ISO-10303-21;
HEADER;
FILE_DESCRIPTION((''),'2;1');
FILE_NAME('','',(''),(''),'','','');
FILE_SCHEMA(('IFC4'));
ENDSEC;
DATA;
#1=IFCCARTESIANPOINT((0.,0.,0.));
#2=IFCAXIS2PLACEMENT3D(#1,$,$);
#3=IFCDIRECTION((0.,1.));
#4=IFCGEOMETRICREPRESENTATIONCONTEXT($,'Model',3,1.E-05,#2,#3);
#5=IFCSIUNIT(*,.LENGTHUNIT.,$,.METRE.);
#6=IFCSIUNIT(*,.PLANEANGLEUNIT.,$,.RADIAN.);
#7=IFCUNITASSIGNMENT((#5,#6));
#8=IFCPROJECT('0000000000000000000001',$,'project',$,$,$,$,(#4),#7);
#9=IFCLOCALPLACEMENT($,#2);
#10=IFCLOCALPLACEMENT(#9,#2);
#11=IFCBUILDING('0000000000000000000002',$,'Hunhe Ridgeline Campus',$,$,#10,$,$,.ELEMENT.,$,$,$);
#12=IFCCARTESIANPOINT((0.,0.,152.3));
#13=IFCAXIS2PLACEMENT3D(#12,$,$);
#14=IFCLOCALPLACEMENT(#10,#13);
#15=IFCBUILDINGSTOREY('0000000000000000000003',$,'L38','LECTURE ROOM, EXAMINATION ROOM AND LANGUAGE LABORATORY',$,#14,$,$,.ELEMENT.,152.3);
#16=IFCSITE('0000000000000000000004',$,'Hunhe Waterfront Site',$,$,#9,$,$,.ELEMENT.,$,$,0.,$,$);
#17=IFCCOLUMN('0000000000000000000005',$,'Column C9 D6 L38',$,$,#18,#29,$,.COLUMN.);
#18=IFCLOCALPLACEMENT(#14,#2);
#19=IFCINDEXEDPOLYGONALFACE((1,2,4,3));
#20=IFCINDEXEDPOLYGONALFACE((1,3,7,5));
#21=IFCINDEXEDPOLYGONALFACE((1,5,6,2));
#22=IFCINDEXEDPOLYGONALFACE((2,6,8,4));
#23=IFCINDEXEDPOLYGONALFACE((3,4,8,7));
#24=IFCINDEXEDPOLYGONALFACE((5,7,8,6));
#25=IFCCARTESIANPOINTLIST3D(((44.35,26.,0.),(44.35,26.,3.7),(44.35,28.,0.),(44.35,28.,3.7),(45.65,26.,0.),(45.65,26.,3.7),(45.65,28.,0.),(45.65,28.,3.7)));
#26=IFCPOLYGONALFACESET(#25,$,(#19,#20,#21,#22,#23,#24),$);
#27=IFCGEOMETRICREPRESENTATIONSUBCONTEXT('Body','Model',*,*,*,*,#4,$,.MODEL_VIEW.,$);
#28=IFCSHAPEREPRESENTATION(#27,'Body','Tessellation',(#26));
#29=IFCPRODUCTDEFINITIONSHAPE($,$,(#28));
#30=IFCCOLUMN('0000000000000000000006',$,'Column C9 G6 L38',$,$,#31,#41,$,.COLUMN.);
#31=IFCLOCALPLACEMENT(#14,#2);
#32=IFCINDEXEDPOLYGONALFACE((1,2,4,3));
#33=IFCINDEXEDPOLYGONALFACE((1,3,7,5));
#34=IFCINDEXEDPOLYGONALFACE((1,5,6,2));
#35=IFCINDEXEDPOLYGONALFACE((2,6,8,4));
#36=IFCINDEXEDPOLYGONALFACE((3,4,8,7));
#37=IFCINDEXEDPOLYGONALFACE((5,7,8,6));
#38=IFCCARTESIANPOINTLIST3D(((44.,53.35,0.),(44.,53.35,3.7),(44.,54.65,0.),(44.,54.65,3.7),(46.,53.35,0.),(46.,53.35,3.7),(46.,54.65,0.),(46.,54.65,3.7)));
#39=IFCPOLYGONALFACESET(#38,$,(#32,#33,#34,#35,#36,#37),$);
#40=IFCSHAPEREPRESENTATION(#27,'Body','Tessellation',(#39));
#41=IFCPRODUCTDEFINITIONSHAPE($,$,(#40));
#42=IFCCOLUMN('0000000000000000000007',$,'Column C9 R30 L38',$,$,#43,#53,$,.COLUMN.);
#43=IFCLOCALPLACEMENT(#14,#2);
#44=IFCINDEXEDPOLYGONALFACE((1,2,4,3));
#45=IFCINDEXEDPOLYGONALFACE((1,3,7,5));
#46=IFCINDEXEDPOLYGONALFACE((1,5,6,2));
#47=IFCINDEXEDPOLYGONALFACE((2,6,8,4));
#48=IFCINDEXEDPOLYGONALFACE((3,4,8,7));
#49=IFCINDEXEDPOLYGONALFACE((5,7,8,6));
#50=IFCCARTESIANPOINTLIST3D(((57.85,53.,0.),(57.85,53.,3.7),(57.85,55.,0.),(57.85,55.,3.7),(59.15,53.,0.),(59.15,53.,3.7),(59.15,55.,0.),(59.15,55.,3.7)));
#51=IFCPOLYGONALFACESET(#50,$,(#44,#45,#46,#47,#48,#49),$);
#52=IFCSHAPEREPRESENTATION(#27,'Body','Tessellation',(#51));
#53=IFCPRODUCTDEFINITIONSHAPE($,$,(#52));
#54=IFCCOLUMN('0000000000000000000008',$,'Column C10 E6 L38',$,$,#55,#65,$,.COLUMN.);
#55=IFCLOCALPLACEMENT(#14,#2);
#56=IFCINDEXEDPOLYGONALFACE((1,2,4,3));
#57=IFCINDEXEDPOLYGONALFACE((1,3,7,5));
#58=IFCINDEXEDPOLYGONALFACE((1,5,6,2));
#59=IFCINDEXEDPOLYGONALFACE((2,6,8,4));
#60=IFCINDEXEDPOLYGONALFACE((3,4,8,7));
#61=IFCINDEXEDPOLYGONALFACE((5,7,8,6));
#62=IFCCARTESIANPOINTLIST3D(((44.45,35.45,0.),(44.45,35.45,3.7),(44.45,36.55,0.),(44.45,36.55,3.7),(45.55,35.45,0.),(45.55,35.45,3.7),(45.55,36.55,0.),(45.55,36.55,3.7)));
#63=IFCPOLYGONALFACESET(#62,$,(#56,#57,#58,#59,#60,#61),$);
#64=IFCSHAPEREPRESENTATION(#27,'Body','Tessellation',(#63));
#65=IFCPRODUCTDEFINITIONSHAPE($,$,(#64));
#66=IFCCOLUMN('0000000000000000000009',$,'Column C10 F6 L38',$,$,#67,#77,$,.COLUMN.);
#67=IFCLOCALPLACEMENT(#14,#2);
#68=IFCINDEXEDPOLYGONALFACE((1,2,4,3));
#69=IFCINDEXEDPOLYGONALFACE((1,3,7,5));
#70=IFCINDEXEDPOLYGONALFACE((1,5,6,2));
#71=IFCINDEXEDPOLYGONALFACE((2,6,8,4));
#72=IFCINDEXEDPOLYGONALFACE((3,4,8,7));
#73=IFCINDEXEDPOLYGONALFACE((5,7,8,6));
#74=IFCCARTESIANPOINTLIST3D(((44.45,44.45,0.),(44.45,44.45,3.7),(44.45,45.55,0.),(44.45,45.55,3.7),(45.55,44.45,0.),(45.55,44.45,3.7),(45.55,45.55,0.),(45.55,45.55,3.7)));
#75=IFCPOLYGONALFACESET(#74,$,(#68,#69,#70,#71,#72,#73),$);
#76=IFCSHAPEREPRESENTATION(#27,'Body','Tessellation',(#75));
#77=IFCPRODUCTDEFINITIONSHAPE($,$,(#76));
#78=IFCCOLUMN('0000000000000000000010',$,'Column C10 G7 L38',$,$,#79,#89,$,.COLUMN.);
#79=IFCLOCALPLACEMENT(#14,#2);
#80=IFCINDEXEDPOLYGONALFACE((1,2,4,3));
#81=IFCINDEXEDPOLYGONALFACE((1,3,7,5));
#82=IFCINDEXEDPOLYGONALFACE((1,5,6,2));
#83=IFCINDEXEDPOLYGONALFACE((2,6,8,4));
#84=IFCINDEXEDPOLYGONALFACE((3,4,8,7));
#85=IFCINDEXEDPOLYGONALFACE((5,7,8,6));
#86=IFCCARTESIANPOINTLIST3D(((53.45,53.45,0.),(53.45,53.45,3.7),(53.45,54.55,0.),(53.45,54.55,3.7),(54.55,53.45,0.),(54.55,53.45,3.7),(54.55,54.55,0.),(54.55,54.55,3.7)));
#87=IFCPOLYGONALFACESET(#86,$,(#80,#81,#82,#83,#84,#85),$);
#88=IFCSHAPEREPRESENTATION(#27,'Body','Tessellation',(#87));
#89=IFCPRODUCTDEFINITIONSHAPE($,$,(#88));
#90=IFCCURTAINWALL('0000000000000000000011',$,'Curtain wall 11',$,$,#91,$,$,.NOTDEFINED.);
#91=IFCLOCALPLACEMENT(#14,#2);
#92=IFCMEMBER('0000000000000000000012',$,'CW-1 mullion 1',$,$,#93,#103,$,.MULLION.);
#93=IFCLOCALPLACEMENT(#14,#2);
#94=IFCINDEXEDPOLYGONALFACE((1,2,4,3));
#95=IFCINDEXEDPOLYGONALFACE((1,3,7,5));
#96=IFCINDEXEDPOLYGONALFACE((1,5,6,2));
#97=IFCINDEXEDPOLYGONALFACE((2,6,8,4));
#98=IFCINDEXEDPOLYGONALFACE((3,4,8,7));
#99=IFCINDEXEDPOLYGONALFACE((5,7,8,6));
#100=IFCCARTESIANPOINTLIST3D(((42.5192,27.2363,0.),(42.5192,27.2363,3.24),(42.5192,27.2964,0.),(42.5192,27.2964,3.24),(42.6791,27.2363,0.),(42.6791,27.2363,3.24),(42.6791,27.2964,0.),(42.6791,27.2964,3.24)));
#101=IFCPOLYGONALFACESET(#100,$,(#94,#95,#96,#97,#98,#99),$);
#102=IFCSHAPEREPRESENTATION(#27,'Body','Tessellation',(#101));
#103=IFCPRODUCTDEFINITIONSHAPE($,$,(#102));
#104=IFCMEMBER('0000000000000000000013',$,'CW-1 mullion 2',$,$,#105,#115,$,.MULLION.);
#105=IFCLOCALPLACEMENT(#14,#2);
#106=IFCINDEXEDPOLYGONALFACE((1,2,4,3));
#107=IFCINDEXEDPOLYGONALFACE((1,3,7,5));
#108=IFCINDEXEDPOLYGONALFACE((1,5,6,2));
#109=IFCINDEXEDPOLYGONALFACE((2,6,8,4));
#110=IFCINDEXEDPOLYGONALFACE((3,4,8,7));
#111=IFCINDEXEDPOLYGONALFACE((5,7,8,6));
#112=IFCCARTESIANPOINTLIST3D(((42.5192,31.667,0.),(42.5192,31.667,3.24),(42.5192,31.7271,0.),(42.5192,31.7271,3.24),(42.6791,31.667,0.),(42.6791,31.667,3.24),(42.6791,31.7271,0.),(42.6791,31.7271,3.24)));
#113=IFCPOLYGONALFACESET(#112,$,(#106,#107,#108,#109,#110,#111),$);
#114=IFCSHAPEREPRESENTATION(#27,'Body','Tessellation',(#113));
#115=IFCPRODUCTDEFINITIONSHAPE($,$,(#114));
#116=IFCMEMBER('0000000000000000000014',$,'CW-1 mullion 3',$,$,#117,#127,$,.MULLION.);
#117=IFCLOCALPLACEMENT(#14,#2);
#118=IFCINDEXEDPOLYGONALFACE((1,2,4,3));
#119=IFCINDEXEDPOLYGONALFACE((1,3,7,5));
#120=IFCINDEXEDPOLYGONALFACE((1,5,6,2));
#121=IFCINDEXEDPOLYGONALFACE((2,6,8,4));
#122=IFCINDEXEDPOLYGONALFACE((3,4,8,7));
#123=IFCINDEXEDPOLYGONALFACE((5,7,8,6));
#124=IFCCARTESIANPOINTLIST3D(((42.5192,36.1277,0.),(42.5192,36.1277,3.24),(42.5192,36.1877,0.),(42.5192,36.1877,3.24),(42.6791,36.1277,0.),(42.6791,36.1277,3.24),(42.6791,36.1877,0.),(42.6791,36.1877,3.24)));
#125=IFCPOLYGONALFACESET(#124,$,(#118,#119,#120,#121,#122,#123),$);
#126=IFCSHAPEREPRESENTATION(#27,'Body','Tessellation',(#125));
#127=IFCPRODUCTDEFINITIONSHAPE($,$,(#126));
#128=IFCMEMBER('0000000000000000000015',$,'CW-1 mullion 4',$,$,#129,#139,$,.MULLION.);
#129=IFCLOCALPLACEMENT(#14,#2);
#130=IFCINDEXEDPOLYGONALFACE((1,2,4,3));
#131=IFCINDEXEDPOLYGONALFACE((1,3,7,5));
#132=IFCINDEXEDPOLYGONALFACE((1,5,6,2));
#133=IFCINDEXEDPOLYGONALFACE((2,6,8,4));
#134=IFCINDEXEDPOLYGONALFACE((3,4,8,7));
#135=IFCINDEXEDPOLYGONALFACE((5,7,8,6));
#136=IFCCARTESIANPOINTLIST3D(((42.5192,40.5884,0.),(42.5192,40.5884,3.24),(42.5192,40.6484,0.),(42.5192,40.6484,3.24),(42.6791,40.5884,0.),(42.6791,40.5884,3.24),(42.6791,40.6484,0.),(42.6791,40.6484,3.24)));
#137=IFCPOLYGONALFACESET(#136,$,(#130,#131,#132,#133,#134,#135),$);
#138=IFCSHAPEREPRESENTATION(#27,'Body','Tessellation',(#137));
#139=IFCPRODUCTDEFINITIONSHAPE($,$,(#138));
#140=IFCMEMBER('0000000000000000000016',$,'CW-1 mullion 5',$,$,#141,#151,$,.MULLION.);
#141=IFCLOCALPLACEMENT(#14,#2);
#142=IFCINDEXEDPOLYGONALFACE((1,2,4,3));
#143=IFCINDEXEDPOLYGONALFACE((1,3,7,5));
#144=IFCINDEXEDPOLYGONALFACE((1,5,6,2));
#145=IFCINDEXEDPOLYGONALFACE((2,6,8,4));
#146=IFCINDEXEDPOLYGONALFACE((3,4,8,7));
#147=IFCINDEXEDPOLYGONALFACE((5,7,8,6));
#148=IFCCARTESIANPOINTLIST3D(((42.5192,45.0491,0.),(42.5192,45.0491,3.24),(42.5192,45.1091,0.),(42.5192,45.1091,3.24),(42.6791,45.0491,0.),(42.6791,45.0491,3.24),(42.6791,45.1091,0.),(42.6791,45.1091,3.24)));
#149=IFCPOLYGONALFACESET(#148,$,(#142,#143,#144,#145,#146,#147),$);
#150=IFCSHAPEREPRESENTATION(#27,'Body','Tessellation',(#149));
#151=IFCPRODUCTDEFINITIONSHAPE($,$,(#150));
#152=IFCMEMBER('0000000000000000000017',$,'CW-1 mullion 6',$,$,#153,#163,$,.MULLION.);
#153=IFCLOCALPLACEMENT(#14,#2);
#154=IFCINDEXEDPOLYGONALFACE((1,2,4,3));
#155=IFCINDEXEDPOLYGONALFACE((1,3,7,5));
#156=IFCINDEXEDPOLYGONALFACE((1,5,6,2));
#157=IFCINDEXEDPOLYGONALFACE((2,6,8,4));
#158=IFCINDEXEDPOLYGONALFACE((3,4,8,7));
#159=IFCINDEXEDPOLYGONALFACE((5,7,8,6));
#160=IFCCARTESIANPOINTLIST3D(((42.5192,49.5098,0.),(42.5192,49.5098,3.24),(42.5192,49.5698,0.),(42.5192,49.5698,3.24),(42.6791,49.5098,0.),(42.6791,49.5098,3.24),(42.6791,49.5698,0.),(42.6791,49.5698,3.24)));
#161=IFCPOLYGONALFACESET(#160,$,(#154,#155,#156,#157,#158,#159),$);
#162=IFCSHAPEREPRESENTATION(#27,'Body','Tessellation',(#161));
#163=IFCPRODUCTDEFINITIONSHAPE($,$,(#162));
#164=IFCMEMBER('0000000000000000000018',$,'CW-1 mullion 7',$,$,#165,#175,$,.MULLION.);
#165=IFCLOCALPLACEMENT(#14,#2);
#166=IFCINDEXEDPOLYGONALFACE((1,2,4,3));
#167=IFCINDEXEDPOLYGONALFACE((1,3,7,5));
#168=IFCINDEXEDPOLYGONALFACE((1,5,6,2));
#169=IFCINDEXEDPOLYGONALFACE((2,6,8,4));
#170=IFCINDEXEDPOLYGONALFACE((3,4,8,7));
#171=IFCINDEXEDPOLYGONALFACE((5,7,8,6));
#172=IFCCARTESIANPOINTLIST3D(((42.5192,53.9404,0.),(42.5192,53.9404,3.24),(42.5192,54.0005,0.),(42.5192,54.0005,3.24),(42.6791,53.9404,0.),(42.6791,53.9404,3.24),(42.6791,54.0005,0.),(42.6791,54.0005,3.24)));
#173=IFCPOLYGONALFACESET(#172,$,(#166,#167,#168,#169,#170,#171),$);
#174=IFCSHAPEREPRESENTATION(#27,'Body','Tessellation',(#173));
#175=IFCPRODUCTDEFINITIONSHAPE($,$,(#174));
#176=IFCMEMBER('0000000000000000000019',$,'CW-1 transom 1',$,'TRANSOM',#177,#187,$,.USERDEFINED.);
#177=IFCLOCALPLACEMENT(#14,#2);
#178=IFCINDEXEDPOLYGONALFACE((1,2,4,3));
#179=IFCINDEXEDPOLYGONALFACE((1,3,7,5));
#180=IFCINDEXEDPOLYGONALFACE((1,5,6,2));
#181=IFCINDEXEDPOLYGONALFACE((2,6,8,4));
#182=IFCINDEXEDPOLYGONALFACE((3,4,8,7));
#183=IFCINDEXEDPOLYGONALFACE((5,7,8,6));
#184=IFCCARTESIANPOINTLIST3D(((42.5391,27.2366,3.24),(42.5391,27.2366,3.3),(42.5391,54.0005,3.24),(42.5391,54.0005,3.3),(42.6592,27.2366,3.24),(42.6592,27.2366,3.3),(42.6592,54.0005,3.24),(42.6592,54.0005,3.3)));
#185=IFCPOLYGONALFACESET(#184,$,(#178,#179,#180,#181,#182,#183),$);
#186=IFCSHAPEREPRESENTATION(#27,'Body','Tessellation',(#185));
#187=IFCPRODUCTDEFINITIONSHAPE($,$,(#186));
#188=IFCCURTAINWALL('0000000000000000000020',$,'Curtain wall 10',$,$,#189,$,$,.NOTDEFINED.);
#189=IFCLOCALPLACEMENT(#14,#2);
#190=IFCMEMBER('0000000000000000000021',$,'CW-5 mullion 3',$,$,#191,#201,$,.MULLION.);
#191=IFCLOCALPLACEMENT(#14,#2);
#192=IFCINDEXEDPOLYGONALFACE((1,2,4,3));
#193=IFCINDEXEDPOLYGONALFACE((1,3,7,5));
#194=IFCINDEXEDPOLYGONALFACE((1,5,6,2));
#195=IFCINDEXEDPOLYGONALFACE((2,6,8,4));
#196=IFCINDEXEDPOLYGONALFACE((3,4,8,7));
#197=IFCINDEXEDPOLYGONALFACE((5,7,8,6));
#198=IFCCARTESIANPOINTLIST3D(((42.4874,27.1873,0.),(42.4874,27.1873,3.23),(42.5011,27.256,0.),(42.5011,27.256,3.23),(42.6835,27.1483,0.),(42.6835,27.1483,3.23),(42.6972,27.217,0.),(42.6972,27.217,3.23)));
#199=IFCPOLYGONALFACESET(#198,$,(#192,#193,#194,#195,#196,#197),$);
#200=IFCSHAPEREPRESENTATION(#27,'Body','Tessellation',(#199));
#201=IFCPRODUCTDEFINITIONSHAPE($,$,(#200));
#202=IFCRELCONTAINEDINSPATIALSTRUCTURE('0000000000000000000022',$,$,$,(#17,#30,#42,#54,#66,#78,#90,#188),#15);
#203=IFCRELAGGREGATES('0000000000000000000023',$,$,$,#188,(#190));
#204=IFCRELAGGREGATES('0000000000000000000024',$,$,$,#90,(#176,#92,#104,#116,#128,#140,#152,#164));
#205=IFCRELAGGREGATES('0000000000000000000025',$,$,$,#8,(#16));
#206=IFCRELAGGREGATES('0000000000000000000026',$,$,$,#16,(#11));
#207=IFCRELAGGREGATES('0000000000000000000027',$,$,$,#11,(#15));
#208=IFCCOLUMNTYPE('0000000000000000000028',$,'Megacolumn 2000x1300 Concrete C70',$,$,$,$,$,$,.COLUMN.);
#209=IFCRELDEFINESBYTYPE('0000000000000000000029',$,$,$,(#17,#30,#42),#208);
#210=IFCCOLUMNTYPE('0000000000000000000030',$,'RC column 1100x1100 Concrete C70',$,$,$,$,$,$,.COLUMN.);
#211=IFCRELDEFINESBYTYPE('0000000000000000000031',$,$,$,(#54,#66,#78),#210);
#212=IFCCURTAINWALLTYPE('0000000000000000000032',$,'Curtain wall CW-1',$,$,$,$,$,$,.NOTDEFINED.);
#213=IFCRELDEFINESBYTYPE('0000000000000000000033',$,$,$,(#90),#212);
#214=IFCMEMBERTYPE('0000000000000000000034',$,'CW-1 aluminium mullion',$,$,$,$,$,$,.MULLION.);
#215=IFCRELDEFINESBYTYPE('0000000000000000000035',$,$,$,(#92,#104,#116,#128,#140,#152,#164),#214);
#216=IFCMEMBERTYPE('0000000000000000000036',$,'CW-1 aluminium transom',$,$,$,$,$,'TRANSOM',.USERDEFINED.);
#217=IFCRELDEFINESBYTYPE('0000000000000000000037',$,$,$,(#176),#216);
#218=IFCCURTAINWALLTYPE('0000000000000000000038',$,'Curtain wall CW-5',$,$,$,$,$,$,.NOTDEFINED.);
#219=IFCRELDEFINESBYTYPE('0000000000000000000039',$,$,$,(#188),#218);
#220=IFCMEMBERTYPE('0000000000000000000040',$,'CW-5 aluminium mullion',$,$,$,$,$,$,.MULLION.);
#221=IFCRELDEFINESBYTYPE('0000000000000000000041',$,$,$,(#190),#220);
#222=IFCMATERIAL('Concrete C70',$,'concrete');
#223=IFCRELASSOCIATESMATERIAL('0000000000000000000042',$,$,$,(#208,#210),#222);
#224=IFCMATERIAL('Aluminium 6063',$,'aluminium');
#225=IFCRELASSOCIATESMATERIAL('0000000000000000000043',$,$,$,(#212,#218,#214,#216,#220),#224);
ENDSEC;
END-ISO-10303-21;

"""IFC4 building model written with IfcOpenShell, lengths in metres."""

from ifc_helpers import new_model, si_unit, direction, frame, origin, origin_2d, place, context, subcontext, project, spatial, rectangle, extrude, material, material_profile, profile_set, type_object, element, aggregate, save


model = new_model("IFC4")

# Units and contexts
model_context = context("Model", 3, precision=1e-05, world=origin(), true_north=direction((0.0, 1.0)))
body_context = subcontext(model_context, "Body", "Model", "MODEL_VIEW")
ifc_project = project(units=[si_unit("LENGTHUNIT", "METRE"), si_unit("PLANEANGLEUNIT", "RADIAN")], contexts=[model_context])

# Site, building, storey
site_placement = place(None, origin())
site = spatial("IfcSite", under=ifc_project, at=site_placement, Name="Hunhe Waterfront Site", CompositionType="ELEMENT", RefElevation=0.0)
building_placement = place(site_placement, origin())
building = spatial("IfcBuilding", under=site, at=building_placement, Name="Hunhe Ridgeline Campus", CompositionType="ELEMENT")
storey_placement = place(building_placement, frame((0.0, 0.0, 152.3)))
storey = spatial("IfcBuildingStorey", under=building, at=storey_placement, Name="L38", Description="LECTURE ROOM, EXAMINATION ROOM AND LANGUAGE LABORATORY", CompositionType="ELEMENT", Elevation=152.3)

# Columns
ifc_material_1 = material(Name="Concrete C70", Category="concrete")
ifc_material_profile_1 = material_profile(ifc_material_1, rectangle(XDim=2.0, YDim=1.3, at=origin_2d()))
ifc_profile_set_1 = profile_set([ifc_material_profile_1], Name="Concrete C70")
column_type_1 = type_object("IfcColumnType", Name="Megacolumn 2000x1300 Concrete C70", PredefinedType="COLUMN", material=ifc_profile_set_1)
for number, where, z_axis, x_axis, name in (
    (1, (45.0, 27.0, 0.0), (0.0, 0.0, 1.0), (0.0, 1.0, 0.0), "Column C9 D6 L38"),
    (2, (45.0, 54.0, 0.0), (0.0, 0.0, 1.0), (1.0, 0.0, 0.0), "Column C9 G6 L38"),
    (3, (58.5, 54.0, 0.0), (0.0, 0.0, 1.0), (0.0, 1.0, 0.0), "Column C9 R30 L38"),
):
    element("IfcColumn", number, at=place(storey_placement, frame(where, z_axis=z_axis, x_axis=x_axis)), inside=storey, type_object=column_type_1, Name=name, PredefinedType="COLUMN", context=body_context, shape_type="SweptSolid", body=[
        extrude(rectangle(XDim=2.0, YDim=1.3, at=origin_2d()), origin(), (0.0, 0.0, 1.0), 3.7),
    ])
ifc_material_profile_2 = material_profile(ifc_material_1, rectangle(XDim=1.1001, YDim=1.1001, at=origin_2d()))
ifc_profile_set_2 = profile_set([ifc_material_profile_2], Name="Concrete C70")
column_type_2 = type_object("IfcColumnType", Name="RC column 1100x1100 Concrete C70", PredefinedType="COLUMN", material=ifc_profile_set_2)
for number, where, z_axis, x_axis, name in (
    (4, (45.0, 36.0, 0.0), (0.0, 0.0, 1.0), (1.0, 0.0, 0.0), "Column C10 E6 L38"),
    (5, (45.0, 45.0, 0.0), (0.0, 0.0, 1.0), (1.0, 0.0, 0.0), "Column C10 F6 L38"),
    (6, (54.0, 54.0, 0.0), (0.0, 0.0, 1.0), (1.0, 0.0, 0.0), "Column C10 G7 L38"),
):
    element("IfcColumn", number, at=place(storey_placement, frame(where, z_axis=z_axis, x_axis=x_axis)), inside=storey, type_object=column_type_2, Name=name, PredefinedType="COLUMN", context=body_context, shape_type="SweptSolid", body=[
        extrude(rectangle(XDim=1.1001, YDim=1.1001, at=origin_2d()), origin(), (0.0, 0.0, 1.0), 3.7),
    ])

# Curtain wall, members
ifc_material_2 = material(Name="Aluminium 6063", Category="aluminium")
curtain_wall_type_1 = type_object("IfcCurtainWallType", Name="Curtain wall CW-1", PredefinedType="NOTDEFINED", material=ifc_material_2)
curtain_wall_1_placement = place(storey_placement, origin())
curtain_wall_1 = element("IfcCurtainWall", 7, at=curtain_wall_1_placement, inside=storey, type_object=curtain_wall_type_1, Name="Curtain wall 11", PredefinedType="NOTDEFINED")
ifc_material_profile_3 = material_profile(ifc_material_2, rectangle(XDim=0.1599, YDim=0.0601, at=origin_2d()))
ifc_profile_set_3 = profile_set([ifc_material_profile_3], Name="Aluminium 6063")
member_type_1 = type_object("IfcMemberType", Name="CW-1 aluminium mullion", PredefinedType="MULLION", material=ifc_profile_set_3)
member_1_placement = place(storey_placement, frame((42.5991, 27.2664, 0.0), z_axis=(0.0, 0.0, 1.0), x_axis=(-1.0, 0.000004, 0.0)))
member_1 = element("IfcMember", 8, at=member_1_placement, type_object=member_type_1, Name="CW-1 mullion 1", PredefinedType="MULLION", context=body_context, shape_type="SweptSolid", body=[
    extrude(rectangle(XDim=0.1599, YDim=0.0601, at=origin_2d()), origin(), (0.0, 0.0, 1.0), 3.24),
])
member_2_placement = place(storey_placement, frame((42.5991, 31.697, 0.0), z_axis=(0.0, 0.0, 1.0), x_axis=(-1.0, 0.000004, 0.0)))
member_2 = element("IfcMember", 9, at=member_2_placement, type_object=member_type_1, Name="CW-1 mullion 2", PredefinedType="MULLION", context=body_context, shape_type="SweptSolid", body=[
    extrude(rectangle(XDim=0.1599, YDim=0.0601, at=origin_2d()), origin(), (0.0, 0.0, 1.0), 3.24),
])
member_3_placement = place(storey_placement, frame((42.5991, 36.1577, 0.0), z_axis=(0.0, 0.0, 1.0), x_axis=(-1.0, 0.000004, 0.0)))
member_3 = element("IfcMember", 10, at=member_3_placement, type_object=member_type_1, Name="CW-1 mullion 3", PredefinedType="MULLION", context=body_context, shape_type="SweptSolid", body=[
    extrude(rectangle(XDim=0.1599, YDim=0.0601, at=origin_2d()), origin(), (0.0, 0.0, 1.0), 3.24),
])
member_4_placement = place(storey_placement, frame((42.5991, 40.6184, 0.0), z_axis=(0.0, 0.0, 1.0), x_axis=(-1.0, 0.000004, 0.0)))
member_4 = element("IfcMember", 11, at=member_4_placement, type_object=member_type_1, Name="CW-1 mullion 4", PredefinedType="MULLION", context=body_context, shape_type="SweptSolid", body=[
    extrude(rectangle(XDim=0.1599, YDim=0.0601, at=origin_2d()), origin(), (0.0, 0.0, 1.0), 3.24),
])
member_5_placement = place(storey_placement, frame((42.5991, 45.0791, 0.0), z_axis=(0.0, 0.0, 1.0), x_axis=(-1.0, 0.000004, 0.0)))
member_5 = element("IfcMember", 12, at=member_5_placement, type_object=member_type_1, Name="CW-1 mullion 5", PredefinedType="MULLION", context=body_context, shape_type="SweptSolid", body=[
    extrude(rectangle(XDim=0.1599, YDim=0.0601, at=origin_2d()), origin(), (0.0, 0.0, 1.0), 3.24),
])
member_6_placement = place(storey_placement, frame((42.5991, 49.5398, 0.0), z_axis=(0.0, 0.0, 1.0), x_axis=(-1.0, 0.000004, 0.0)))
member_6 = element("IfcMember", 13, at=member_6_placement, type_object=member_type_1, Name="CW-1 mullion 6", PredefinedType="MULLION", context=body_context, shape_type="SweptSolid", body=[
    extrude(rectangle(XDim=0.1599, YDim=0.0601, at=origin_2d()), origin(), (0.0, 0.0, 1.0), 3.24),
])
member_7_placement = place(storey_placement, frame((42.5991, 53.9705, 0.0), z_axis=(0.0, 0.0, 1.0), x_axis=(-1.0, 0.000004, 0.0)))
member_7 = element("IfcMember", 14, at=member_7_placement, type_object=member_type_1, Name="CW-1 mullion 7", PredefinedType="MULLION", context=body_context, shape_type="SweptSolid", body=[
    extrude(rectangle(XDim=0.1599, YDim=0.0601, at=origin_2d()), origin(), (0.0, 0.0, 1.0), 3.24),
])
ifc_material_profile_4 = material_profile(ifc_material_2, rectangle(XDim=0.1201, YDim=0.0601, at=origin_2d()))
ifc_profile_set_4 = profile_set([ifc_material_profile_4], Name="Aluminium 6063")
member_type_2 = type_object("IfcMemberType", Name="CW-1 aluminium transom", ElementType="TRANSOM", PredefinedType="USERDEFINED", material=ifc_profile_set_4)
member_8_placement = place(storey_placement, frame((42.5991, 27.2366, 3.27), z_axis=(0.0, 1.0, 0.0), x_axis=(-1.0, 0.0, 0.0)))
member_8 = element("IfcMember", 15, at=member_8_placement, type_object=member_type_2, Name="CW-1 transom 1", ObjectType="TRANSOM", PredefinedType="USERDEFINED", context=body_context, shape_type="SweptSolid", body=[
    extrude(rectangle(XDim=0.1201, YDim=0.0601, at=origin_2d()), origin(), (0.0, 0.0, 1.0), 26.7639),
])

# Curtain wall, member
curtain_wall_type_2 = type_object("IfcCurtainWallType", Name="Curtain wall CW-5", PredefinedType="NOTDEFINED", material=ifc_material_2)
curtain_wall_2_placement = place(storey_placement, origin())
curtain_wall_2 = element("IfcCurtainWall", 16, at=curtain_wall_2_placement, inside=storey, type_object=curtain_wall_type_2, Name="Curtain wall 10", PredefinedType="NOTDEFINED")
ifc_material_profile_5 = material_profile(ifc_material_2, rectangle(XDim=0.2, YDim=0.0701, at=origin_2d()))
ifc_profile_set_5 = profile_set([ifc_material_profile_5], Name="Aluminium 6063")
member_type_3 = type_object("IfcMemberType", Name="CW-5 aluminium mullion", PredefinedType="MULLION", material=ifc_profile_set_5)
member_9_placement = place(storey_placement, frame((42.5923, 27.2021, 0.0), z_axis=(0.0, 0.0, 1.0), x_axis=(-0.980785, 0.19509, 0.0)))
member_9 = element("IfcMember", 17, at=member_9_placement, type_object=member_type_3, Name="CW-5 mullion 3", PredefinedType="MULLION", context=body_context, shape_type="SweptSolid", body=[
    extrude(rectangle(XDim=0.2, YDim=0.0701, at=origin_2d()), origin(), (0.0, 0.0, 1.0), 3.23),
])
aggregate(curtain_wall_2, [member_9])

aggregate(curtain_wall_1, [member_8, member_1, member_2, member_3, member_4, member_5, member_6, member_7])

save(model, "model.ifc")
